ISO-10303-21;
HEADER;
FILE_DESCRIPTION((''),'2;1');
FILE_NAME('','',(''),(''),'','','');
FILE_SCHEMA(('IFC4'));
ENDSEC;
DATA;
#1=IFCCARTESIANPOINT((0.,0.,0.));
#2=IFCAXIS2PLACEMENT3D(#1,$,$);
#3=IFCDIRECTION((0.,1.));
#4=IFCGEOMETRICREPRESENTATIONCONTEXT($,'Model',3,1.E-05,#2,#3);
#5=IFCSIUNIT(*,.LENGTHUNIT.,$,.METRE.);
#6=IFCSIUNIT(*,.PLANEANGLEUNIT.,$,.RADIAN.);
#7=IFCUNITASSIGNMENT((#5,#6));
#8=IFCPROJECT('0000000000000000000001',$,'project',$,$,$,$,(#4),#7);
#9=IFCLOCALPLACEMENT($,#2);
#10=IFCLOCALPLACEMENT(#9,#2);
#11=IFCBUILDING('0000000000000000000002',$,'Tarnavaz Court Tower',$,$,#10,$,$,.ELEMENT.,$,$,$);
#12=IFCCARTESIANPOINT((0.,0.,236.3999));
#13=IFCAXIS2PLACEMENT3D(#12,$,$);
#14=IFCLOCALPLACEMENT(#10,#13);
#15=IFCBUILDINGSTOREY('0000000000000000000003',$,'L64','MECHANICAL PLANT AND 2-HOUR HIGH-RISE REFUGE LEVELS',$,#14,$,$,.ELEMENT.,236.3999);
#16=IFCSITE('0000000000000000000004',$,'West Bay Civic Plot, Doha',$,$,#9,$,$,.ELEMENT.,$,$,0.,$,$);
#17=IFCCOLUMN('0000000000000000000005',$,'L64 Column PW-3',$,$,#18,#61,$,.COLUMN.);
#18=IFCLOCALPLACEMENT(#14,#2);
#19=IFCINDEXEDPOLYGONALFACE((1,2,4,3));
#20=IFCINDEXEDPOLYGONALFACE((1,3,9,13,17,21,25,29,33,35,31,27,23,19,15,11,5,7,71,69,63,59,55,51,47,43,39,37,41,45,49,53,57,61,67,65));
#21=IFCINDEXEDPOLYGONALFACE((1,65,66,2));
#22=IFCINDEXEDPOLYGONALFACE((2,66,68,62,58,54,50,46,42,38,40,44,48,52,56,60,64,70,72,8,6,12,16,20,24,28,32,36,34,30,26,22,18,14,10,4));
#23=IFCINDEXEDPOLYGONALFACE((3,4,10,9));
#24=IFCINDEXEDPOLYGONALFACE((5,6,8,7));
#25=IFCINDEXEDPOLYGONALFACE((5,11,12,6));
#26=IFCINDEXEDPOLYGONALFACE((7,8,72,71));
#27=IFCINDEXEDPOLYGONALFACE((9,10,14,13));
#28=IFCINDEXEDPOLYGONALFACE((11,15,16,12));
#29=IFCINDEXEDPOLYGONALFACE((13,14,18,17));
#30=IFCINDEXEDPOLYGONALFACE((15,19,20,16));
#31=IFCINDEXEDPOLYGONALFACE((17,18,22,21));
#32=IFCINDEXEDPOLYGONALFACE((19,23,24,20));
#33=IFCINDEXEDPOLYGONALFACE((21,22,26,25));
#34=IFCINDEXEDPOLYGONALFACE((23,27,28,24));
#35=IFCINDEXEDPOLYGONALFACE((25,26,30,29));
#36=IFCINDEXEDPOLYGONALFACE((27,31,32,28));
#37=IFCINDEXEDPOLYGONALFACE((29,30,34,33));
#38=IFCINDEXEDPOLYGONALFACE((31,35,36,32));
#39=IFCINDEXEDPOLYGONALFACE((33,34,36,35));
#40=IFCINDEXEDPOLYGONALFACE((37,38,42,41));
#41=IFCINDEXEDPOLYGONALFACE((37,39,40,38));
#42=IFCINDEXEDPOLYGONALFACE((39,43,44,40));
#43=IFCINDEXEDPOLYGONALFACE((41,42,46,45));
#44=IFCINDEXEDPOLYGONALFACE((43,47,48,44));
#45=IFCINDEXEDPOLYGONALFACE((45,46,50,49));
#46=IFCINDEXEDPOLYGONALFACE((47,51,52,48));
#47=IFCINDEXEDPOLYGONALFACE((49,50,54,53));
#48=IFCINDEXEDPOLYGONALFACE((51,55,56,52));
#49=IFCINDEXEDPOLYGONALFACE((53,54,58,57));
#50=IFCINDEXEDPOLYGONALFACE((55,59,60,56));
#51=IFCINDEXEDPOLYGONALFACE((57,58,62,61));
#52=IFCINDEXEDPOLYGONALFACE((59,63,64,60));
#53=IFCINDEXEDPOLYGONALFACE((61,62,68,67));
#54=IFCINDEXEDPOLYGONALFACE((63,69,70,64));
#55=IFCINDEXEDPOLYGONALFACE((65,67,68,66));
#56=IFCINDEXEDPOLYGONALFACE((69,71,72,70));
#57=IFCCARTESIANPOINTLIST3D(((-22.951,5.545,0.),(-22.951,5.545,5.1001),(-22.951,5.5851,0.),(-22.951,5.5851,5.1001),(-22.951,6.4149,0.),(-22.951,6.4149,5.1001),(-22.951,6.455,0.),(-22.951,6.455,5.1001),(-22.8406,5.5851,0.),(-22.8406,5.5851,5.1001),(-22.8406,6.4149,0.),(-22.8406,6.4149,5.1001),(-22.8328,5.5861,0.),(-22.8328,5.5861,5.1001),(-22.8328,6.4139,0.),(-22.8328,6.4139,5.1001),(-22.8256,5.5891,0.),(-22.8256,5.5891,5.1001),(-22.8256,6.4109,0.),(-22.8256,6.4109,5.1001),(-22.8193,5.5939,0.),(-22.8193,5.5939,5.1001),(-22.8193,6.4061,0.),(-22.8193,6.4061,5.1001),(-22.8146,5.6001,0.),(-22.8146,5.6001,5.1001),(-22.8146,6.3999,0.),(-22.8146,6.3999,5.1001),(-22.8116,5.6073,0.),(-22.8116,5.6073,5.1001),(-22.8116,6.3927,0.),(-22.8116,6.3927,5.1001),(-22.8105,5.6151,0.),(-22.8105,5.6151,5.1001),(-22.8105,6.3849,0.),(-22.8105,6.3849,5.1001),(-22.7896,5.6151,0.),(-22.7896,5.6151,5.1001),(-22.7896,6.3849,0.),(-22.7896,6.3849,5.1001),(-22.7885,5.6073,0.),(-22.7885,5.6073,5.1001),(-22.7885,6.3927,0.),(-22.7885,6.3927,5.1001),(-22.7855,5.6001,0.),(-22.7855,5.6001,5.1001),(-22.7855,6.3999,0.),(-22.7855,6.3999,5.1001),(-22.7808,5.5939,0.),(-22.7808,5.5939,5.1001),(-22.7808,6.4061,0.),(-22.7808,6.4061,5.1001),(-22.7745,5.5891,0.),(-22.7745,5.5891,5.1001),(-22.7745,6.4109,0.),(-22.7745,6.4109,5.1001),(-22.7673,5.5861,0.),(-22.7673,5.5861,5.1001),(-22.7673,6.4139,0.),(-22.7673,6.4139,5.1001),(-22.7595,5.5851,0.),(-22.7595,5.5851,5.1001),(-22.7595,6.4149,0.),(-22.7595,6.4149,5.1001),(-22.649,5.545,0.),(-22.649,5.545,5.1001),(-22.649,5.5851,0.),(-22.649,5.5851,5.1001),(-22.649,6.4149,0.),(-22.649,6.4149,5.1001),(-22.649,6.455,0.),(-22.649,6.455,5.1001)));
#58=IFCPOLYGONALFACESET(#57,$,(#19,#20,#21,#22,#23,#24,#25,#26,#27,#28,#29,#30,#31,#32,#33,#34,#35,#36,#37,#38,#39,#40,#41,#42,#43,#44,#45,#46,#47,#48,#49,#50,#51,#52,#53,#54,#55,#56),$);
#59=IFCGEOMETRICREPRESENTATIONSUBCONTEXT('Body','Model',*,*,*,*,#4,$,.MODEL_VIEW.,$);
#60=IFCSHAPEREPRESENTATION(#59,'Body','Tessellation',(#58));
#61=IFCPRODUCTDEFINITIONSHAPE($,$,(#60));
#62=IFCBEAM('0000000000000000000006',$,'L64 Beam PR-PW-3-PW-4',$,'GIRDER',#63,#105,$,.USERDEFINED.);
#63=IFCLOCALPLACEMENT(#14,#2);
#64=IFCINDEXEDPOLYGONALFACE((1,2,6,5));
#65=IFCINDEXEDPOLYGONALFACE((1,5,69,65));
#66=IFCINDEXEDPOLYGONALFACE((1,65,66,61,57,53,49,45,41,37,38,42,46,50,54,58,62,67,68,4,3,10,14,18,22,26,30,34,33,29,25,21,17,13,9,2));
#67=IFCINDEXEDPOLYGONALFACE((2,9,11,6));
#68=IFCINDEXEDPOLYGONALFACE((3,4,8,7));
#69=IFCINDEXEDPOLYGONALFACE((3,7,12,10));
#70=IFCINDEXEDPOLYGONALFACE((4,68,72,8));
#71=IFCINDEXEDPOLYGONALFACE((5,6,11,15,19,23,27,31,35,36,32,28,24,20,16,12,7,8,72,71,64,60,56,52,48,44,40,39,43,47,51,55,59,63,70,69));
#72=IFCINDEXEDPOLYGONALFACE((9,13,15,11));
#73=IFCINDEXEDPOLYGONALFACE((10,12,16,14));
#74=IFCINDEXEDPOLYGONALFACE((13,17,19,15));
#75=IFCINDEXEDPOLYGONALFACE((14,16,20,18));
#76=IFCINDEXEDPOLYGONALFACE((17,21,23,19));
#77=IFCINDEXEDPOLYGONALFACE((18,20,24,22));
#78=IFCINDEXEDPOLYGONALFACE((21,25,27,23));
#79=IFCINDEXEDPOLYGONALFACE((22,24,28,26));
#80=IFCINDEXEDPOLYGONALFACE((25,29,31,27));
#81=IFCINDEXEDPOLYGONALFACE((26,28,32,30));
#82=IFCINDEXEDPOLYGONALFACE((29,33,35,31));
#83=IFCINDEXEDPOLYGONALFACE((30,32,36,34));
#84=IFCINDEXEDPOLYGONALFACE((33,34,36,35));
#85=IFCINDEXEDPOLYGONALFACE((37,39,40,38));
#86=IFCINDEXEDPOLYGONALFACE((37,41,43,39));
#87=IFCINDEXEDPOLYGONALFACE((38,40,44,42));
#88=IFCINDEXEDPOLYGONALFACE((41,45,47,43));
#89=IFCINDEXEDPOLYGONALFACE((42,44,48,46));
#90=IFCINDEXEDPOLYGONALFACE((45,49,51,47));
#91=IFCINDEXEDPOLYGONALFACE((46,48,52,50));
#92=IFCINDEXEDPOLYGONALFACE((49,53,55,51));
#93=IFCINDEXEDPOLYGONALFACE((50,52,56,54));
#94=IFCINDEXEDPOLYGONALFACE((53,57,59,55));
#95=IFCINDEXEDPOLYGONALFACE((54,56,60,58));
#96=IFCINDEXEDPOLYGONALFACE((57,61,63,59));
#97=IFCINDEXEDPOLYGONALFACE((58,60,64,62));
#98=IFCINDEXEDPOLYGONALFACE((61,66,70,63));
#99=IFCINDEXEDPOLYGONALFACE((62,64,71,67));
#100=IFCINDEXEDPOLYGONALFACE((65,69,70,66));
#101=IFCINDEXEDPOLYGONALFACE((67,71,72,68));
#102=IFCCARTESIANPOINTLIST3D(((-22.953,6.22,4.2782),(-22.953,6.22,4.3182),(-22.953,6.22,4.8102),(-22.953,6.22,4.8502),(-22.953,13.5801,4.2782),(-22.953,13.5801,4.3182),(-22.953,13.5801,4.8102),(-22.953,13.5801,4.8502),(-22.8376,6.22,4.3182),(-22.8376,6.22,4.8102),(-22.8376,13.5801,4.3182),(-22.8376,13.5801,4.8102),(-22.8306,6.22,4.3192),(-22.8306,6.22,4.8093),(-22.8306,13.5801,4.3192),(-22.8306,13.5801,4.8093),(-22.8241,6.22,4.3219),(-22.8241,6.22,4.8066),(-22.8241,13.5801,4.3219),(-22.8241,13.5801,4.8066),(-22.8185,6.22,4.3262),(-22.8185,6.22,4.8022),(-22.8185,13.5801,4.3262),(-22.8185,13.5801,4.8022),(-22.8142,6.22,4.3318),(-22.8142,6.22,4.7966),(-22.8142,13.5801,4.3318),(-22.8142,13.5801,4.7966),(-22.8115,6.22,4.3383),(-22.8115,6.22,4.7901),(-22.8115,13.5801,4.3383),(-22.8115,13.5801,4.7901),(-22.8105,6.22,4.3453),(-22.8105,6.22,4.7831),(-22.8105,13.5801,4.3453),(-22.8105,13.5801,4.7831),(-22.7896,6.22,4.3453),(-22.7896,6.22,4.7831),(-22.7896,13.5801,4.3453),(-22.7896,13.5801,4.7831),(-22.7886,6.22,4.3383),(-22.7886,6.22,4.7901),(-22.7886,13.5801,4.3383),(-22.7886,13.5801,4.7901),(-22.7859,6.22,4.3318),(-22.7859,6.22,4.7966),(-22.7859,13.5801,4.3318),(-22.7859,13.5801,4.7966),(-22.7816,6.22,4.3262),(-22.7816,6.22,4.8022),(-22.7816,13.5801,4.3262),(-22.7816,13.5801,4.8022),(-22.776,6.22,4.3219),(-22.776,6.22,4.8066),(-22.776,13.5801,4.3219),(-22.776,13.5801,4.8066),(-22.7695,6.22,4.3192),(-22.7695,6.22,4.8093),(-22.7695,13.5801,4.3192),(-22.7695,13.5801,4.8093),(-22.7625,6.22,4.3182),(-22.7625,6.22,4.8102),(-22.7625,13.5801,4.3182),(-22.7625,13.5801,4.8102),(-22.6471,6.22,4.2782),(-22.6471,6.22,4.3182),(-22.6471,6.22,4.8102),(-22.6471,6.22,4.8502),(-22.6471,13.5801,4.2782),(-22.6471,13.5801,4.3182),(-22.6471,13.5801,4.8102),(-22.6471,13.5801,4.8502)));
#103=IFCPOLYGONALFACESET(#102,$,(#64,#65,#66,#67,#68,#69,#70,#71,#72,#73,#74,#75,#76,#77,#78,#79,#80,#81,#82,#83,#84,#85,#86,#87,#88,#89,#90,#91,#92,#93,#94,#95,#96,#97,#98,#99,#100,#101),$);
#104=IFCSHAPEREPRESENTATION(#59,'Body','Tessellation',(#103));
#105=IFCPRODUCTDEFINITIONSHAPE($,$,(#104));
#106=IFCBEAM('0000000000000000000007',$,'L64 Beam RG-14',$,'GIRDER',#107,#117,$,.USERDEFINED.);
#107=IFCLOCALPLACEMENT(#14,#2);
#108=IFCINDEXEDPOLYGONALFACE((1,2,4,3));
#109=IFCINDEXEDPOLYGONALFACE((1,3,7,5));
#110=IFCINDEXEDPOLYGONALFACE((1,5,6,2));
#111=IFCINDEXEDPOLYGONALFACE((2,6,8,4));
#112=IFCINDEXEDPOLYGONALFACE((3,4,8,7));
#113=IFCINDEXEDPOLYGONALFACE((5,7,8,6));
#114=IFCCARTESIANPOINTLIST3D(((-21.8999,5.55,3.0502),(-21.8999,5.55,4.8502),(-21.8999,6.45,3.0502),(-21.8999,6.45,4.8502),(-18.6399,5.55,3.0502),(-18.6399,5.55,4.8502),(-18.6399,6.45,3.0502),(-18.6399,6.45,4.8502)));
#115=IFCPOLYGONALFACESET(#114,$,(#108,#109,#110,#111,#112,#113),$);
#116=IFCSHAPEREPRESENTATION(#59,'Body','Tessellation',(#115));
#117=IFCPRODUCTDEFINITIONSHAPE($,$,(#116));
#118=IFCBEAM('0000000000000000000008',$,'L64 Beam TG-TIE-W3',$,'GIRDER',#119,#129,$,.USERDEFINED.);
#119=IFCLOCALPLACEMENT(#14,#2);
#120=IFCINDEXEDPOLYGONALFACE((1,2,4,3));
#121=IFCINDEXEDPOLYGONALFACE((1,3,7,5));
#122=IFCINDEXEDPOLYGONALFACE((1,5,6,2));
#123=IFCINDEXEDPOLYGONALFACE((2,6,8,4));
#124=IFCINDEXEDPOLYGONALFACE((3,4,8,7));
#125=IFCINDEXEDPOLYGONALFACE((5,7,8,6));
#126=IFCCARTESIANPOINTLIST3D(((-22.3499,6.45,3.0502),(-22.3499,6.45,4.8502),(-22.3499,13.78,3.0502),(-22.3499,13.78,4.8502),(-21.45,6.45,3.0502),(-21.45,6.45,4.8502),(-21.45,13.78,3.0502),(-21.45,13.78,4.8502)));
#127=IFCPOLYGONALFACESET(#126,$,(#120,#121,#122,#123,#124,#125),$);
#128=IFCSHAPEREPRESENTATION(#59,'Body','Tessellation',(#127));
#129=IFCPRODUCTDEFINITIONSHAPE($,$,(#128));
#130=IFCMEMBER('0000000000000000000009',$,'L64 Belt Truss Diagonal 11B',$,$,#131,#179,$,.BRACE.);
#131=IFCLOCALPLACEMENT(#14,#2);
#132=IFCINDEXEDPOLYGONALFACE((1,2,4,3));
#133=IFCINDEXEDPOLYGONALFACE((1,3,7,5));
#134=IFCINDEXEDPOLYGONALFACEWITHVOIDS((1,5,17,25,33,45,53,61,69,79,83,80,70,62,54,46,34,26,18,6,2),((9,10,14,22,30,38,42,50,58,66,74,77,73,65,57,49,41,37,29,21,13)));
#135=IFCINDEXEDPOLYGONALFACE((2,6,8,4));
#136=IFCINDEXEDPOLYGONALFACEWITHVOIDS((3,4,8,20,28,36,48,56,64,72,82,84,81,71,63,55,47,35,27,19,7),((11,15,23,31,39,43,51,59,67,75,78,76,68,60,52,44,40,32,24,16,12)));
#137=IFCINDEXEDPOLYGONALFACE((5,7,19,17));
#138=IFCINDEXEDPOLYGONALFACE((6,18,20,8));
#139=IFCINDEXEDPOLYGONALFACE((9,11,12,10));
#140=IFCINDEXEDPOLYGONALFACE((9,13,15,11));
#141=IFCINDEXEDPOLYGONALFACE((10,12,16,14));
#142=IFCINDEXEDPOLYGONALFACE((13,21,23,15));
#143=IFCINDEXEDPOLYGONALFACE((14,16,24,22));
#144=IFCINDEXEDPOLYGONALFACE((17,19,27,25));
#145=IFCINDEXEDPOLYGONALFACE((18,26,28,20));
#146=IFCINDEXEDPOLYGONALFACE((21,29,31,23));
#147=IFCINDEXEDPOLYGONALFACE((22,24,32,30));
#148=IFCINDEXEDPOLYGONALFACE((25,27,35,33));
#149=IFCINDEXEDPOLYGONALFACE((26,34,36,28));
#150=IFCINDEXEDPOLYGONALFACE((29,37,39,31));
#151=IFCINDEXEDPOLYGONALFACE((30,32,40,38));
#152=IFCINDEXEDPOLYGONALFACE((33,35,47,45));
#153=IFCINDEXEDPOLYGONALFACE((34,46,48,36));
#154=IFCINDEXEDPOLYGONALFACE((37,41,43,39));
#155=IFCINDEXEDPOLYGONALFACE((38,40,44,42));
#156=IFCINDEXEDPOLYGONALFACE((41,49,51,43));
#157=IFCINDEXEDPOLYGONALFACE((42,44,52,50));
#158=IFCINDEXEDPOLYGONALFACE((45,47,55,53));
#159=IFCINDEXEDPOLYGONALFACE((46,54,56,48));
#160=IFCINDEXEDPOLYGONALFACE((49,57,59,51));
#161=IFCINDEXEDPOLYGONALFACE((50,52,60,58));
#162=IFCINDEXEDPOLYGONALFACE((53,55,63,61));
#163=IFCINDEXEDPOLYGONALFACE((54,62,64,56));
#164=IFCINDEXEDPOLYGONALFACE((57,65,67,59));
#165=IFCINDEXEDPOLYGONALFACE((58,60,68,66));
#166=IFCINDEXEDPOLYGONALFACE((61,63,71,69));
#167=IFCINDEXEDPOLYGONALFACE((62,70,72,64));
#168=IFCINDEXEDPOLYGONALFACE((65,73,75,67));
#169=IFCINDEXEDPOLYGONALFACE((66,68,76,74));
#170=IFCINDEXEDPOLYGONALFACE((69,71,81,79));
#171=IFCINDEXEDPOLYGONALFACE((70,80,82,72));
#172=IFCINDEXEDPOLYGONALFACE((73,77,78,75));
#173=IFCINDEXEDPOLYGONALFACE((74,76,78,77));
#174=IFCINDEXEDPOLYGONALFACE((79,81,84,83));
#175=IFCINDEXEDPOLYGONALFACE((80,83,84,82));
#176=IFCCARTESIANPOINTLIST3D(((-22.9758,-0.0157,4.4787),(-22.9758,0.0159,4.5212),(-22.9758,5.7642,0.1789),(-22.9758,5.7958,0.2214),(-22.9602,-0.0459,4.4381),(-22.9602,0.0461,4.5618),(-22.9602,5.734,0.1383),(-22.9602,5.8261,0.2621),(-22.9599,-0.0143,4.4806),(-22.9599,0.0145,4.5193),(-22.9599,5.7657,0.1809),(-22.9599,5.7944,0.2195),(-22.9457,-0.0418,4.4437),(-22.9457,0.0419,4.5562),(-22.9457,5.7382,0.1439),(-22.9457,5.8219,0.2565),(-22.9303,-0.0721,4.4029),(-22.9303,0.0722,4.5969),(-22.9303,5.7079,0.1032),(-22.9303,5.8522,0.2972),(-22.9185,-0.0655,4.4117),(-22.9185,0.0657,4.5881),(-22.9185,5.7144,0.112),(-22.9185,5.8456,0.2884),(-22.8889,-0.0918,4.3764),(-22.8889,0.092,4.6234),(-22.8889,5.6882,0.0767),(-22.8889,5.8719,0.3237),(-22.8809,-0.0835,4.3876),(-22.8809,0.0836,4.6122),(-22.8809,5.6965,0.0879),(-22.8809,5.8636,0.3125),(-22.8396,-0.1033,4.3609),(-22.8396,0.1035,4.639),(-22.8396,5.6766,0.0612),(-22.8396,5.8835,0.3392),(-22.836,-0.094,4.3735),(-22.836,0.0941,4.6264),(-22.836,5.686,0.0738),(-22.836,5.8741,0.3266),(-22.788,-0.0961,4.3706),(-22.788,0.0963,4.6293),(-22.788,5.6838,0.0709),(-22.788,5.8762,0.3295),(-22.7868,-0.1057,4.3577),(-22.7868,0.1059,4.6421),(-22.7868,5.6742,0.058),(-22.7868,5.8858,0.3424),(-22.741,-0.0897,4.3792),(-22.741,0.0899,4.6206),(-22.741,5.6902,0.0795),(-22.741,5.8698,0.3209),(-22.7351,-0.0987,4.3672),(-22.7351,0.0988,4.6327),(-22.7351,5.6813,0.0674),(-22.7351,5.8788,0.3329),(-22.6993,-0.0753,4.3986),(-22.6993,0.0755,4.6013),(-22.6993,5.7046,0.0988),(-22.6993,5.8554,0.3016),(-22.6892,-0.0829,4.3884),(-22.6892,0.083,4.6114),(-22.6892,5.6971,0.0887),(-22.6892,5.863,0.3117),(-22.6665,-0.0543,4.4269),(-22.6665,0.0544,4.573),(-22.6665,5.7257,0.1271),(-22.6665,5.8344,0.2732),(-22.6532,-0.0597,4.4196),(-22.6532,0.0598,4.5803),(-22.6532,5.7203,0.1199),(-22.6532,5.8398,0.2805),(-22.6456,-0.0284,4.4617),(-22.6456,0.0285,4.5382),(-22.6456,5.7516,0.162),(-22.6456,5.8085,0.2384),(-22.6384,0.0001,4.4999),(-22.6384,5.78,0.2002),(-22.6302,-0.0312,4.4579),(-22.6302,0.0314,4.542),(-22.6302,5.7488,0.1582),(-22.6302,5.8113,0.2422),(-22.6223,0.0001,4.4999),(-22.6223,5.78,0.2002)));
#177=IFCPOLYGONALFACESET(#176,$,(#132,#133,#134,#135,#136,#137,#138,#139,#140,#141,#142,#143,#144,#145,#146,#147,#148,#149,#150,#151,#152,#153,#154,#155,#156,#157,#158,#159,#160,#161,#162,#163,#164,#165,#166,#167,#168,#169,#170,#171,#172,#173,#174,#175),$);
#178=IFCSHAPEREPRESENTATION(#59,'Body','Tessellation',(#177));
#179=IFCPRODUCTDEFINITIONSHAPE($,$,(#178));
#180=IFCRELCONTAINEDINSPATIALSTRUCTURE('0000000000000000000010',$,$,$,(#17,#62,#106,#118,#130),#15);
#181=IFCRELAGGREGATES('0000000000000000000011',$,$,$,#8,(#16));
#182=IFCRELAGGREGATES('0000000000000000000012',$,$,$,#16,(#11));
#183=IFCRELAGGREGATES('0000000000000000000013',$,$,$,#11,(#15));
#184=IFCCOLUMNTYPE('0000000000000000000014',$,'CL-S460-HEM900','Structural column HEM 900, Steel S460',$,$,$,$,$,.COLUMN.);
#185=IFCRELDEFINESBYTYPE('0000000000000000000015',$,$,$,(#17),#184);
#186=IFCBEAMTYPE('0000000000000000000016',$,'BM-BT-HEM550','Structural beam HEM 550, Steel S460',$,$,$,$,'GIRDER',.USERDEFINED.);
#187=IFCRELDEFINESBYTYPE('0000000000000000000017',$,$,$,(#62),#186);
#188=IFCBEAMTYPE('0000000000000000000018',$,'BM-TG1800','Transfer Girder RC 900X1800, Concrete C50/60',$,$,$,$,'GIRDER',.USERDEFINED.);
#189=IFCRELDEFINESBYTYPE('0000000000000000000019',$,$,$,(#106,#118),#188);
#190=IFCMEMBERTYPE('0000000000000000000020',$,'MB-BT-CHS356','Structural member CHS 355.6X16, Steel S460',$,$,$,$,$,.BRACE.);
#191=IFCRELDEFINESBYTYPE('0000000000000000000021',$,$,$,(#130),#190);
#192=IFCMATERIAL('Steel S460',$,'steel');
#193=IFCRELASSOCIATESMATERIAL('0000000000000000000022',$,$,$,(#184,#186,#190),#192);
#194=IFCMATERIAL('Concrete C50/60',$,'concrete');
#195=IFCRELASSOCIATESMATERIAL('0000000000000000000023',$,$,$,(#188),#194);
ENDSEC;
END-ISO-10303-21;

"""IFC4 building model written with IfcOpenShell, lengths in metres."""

from ifc_helpers import new_model, si_unit, direction, frame, origin, origin_2d, place, context, subcontext, project, spatial, rectangle, hollow_circle, i_section, extrude, material, material_profile, profile_set, type_object, element, save


model = new_model("IFC4")

# Units and contexts
model_context = context("Model", 3, precision=1e-05, world=origin(), true_north=direction((0.0, 1.0)))
body_context = subcontext(model_context, "Body", "Model", "MODEL_VIEW")
ifc_project = project(units=[si_unit("LENGTHUNIT", "METRE"), si_unit("PLANEANGLEUNIT", "RADIAN")], contexts=[model_context])

# Site, building, storey
site_placement = place(None, origin())
site = spatial("IfcSite", under=ifc_project, at=site_placement, Name="West Bay Civic Plot, Doha", CompositionType="ELEMENT", RefElevation=0.0)
building_placement = place(site_placement, origin())
building = spatial("IfcBuilding", under=site, at=building_placement, Name="Tarnavaz Court Tower", CompositionType="ELEMENT")
storey_placement = place(building_placement, frame((0.0, 0.0, 236.3999)))
storey = spatial("IfcBuildingStorey", under=building, at=storey_placement, Name="L64", Description="MECHANICAL PLANT AND 2-HOUR HIGH-RISE REFUGE LEVELS", CompositionType="ELEMENT", Elevation=236.3999)

# Column
ifc_material_1 = material(Name="Steel S460", Category="steel")
ifc_material_profile_1 = material_profile(ifc_material_1, i_section(OverallWidth=0.302, OverallDepth=0.9099, WebThickness=0.021, FlangeThickness=0.04, FilletRadius=0.03, at=origin_2d()), Name="HEM 900")
ifc_profile_set_1 = profile_set([ifc_material_profile_1], Name="Steel S460")
column_type = type_object("IfcColumnType", Name="CL-S460-HEM900", Description="Structural column HEM 900, Steel S460", PredefinedType="COLUMN", material=ifc_profile_set_1)
column_placement = place(storey_placement, frame((-22.8, 6.0, 0.0), z_axis=(0.0, 0.0, 1.0), x_axis=(1.0, 0.0, 0.0)))
element("IfcColumn", 1, at=column_placement, inside=storey, type_object=column_type, Name="L64 Column PW-3", PredefinedType="COLUMN", context=body_context, shape_type="SweptSolid", body=[
    extrude(i_section(OverallWidth=0.302, OverallDepth=0.9099, WebThickness=0.021, FlangeThickness=0.04, FilletRadius=0.03, at=origin_2d()), origin(), (0.0, 0.0, 1.0), 5.1001),
])

# Beams
ifc_material_profile_2 = material_profile(ifc_material_1, i_section(OverallWidth=0.3059, OverallDepth=0.572, WebThickness=0.021, FlangeThickness=0.04, FilletRadius=0.0271, at=origin_2d()), Name="HEM 550")
ifc_profile_set_2 = profile_set([ifc_material_profile_2], Name="Steel S460")
beam_type_1 = type_object("IfcBeamType", Name="BM-BT-HEM550", Description="Structural beam HEM 550, Steel S460", ElementType="GIRDER", PredefinedType="USERDEFINED", material=ifc_profile_set_2)
beam_1_placement = place(storey_placement, frame((-22.8, 6.22, 4.5642), z_axis=(0.0, 1.0, 0.0), x_axis=(-1.0, 0.0, 0.0)))
element("IfcBeam", 2, at=beam_1_placement, inside=storey, type_object=beam_type_1, Name="L64 Beam PR-PW-3-PW-4", ObjectType="GIRDER", PredefinedType="USERDEFINED", context=body_context, shape_type="SweptSolid", body=[
    extrude(i_section(OverallWidth=0.3059, OverallDepth=0.572, WebThickness=0.021, FlangeThickness=0.04, FilletRadius=0.0271, at=origin_2d()), origin(), (0.0, 0.0, 1.0), 7.3601),
])
ifc_material_2 = material(Name="Concrete C50/60", Category="concrete")
ifc_material_profile_3 = material_profile(ifc_material_2, rectangle(XDim=0.8999, YDim=1.8, at=origin_2d()), Name="RC 900X1800")
ifc_profile_set_3 = profile_set([ifc_material_profile_3], Name="Concrete C50/60")
beam_type_2 = type_object("IfcBeamType", Name="BM-TG1800", Description="Transfer Girder RC 900X1800, Concrete C50/60", ElementType="GIRDER", PredefinedType="USERDEFINED", material=ifc_profile_set_3)
beam_2_placement = place(storey_placement, frame((-18.6399, 6.0, 3.9502), z_axis=(-1.0, 0.0, 0.0), x_axis=(0.0, -1.0, 0.0)))
element("IfcBeam", 3, at=beam_2_placement, inside=storey, type_object=beam_type_2, Name="L64 Beam RG-14", ObjectType="GIRDER", PredefinedType="USERDEFINED", context=body_context, shape_type="SweptSolid", body=[
    extrude(rectangle(XDim=0.8999, YDim=1.8, at=origin_2d()), origin(), (0.0, 0.0, 1.0), 3.26),
])
beam_3_placement = place(storey_placement, frame((-21.8999, 6.45, 3.9502), z_axis=(0.0, 1.0, 0.0), x_axis=(-1.0, 0.0, 0.0)))
element("IfcBeam", 4, at=beam_3_placement, inside=storey, type_object=beam_type_2, Name="L64 Beam TG-TIE-W3", ObjectType="GIRDER", PredefinedType="USERDEFINED", context=body_context, shape_type="SweptSolid", body=[
    extrude(rectangle(XDim=0.8999, YDim=1.8, at=origin_2d()), origin(), (0.0, 0.0, 1.0), 7.3301),
])

# Member
ifc_material_profile_4 = material_profile(ifc_material_1, hollow_circle(Radius=0.1777, WallThickness=0.0161, at=origin_2d()), Name="CHS 355.6X16")
ifc_profile_set_4 = profile_set([ifc_material_profile_4], Name="Steel S460")
member_type_1 = type_object("IfcMemberType", Name="MB-BT-CHS356", Description="Structural member CHS 355.6X16, Steel S460", PredefinedType="BRACE", material=ifc_profile_set_4)
member_1_placement = place(storey_placement, frame((-22.8, 5.78, 0.2002), z_axis=(0.0, -0.80234, 0.596867), x_axis=(1.0, 0.0, 0.0)))
element("IfcMember", 5, at=member_1_placement, inside=storey, type_object=member_type_1, Name="L64 Belt Truss Diagonal 11B", PredefinedType="BRACE", context=body_context, shape_type="SweptSolid", body=[
    extrude(hollow_circle(Radius=0.1777, WallThickness=0.0161, at=origin_2d()), origin(), (0.0, 0.0, 1.0), 7.2039),
])

save(model, "model.ifc")
